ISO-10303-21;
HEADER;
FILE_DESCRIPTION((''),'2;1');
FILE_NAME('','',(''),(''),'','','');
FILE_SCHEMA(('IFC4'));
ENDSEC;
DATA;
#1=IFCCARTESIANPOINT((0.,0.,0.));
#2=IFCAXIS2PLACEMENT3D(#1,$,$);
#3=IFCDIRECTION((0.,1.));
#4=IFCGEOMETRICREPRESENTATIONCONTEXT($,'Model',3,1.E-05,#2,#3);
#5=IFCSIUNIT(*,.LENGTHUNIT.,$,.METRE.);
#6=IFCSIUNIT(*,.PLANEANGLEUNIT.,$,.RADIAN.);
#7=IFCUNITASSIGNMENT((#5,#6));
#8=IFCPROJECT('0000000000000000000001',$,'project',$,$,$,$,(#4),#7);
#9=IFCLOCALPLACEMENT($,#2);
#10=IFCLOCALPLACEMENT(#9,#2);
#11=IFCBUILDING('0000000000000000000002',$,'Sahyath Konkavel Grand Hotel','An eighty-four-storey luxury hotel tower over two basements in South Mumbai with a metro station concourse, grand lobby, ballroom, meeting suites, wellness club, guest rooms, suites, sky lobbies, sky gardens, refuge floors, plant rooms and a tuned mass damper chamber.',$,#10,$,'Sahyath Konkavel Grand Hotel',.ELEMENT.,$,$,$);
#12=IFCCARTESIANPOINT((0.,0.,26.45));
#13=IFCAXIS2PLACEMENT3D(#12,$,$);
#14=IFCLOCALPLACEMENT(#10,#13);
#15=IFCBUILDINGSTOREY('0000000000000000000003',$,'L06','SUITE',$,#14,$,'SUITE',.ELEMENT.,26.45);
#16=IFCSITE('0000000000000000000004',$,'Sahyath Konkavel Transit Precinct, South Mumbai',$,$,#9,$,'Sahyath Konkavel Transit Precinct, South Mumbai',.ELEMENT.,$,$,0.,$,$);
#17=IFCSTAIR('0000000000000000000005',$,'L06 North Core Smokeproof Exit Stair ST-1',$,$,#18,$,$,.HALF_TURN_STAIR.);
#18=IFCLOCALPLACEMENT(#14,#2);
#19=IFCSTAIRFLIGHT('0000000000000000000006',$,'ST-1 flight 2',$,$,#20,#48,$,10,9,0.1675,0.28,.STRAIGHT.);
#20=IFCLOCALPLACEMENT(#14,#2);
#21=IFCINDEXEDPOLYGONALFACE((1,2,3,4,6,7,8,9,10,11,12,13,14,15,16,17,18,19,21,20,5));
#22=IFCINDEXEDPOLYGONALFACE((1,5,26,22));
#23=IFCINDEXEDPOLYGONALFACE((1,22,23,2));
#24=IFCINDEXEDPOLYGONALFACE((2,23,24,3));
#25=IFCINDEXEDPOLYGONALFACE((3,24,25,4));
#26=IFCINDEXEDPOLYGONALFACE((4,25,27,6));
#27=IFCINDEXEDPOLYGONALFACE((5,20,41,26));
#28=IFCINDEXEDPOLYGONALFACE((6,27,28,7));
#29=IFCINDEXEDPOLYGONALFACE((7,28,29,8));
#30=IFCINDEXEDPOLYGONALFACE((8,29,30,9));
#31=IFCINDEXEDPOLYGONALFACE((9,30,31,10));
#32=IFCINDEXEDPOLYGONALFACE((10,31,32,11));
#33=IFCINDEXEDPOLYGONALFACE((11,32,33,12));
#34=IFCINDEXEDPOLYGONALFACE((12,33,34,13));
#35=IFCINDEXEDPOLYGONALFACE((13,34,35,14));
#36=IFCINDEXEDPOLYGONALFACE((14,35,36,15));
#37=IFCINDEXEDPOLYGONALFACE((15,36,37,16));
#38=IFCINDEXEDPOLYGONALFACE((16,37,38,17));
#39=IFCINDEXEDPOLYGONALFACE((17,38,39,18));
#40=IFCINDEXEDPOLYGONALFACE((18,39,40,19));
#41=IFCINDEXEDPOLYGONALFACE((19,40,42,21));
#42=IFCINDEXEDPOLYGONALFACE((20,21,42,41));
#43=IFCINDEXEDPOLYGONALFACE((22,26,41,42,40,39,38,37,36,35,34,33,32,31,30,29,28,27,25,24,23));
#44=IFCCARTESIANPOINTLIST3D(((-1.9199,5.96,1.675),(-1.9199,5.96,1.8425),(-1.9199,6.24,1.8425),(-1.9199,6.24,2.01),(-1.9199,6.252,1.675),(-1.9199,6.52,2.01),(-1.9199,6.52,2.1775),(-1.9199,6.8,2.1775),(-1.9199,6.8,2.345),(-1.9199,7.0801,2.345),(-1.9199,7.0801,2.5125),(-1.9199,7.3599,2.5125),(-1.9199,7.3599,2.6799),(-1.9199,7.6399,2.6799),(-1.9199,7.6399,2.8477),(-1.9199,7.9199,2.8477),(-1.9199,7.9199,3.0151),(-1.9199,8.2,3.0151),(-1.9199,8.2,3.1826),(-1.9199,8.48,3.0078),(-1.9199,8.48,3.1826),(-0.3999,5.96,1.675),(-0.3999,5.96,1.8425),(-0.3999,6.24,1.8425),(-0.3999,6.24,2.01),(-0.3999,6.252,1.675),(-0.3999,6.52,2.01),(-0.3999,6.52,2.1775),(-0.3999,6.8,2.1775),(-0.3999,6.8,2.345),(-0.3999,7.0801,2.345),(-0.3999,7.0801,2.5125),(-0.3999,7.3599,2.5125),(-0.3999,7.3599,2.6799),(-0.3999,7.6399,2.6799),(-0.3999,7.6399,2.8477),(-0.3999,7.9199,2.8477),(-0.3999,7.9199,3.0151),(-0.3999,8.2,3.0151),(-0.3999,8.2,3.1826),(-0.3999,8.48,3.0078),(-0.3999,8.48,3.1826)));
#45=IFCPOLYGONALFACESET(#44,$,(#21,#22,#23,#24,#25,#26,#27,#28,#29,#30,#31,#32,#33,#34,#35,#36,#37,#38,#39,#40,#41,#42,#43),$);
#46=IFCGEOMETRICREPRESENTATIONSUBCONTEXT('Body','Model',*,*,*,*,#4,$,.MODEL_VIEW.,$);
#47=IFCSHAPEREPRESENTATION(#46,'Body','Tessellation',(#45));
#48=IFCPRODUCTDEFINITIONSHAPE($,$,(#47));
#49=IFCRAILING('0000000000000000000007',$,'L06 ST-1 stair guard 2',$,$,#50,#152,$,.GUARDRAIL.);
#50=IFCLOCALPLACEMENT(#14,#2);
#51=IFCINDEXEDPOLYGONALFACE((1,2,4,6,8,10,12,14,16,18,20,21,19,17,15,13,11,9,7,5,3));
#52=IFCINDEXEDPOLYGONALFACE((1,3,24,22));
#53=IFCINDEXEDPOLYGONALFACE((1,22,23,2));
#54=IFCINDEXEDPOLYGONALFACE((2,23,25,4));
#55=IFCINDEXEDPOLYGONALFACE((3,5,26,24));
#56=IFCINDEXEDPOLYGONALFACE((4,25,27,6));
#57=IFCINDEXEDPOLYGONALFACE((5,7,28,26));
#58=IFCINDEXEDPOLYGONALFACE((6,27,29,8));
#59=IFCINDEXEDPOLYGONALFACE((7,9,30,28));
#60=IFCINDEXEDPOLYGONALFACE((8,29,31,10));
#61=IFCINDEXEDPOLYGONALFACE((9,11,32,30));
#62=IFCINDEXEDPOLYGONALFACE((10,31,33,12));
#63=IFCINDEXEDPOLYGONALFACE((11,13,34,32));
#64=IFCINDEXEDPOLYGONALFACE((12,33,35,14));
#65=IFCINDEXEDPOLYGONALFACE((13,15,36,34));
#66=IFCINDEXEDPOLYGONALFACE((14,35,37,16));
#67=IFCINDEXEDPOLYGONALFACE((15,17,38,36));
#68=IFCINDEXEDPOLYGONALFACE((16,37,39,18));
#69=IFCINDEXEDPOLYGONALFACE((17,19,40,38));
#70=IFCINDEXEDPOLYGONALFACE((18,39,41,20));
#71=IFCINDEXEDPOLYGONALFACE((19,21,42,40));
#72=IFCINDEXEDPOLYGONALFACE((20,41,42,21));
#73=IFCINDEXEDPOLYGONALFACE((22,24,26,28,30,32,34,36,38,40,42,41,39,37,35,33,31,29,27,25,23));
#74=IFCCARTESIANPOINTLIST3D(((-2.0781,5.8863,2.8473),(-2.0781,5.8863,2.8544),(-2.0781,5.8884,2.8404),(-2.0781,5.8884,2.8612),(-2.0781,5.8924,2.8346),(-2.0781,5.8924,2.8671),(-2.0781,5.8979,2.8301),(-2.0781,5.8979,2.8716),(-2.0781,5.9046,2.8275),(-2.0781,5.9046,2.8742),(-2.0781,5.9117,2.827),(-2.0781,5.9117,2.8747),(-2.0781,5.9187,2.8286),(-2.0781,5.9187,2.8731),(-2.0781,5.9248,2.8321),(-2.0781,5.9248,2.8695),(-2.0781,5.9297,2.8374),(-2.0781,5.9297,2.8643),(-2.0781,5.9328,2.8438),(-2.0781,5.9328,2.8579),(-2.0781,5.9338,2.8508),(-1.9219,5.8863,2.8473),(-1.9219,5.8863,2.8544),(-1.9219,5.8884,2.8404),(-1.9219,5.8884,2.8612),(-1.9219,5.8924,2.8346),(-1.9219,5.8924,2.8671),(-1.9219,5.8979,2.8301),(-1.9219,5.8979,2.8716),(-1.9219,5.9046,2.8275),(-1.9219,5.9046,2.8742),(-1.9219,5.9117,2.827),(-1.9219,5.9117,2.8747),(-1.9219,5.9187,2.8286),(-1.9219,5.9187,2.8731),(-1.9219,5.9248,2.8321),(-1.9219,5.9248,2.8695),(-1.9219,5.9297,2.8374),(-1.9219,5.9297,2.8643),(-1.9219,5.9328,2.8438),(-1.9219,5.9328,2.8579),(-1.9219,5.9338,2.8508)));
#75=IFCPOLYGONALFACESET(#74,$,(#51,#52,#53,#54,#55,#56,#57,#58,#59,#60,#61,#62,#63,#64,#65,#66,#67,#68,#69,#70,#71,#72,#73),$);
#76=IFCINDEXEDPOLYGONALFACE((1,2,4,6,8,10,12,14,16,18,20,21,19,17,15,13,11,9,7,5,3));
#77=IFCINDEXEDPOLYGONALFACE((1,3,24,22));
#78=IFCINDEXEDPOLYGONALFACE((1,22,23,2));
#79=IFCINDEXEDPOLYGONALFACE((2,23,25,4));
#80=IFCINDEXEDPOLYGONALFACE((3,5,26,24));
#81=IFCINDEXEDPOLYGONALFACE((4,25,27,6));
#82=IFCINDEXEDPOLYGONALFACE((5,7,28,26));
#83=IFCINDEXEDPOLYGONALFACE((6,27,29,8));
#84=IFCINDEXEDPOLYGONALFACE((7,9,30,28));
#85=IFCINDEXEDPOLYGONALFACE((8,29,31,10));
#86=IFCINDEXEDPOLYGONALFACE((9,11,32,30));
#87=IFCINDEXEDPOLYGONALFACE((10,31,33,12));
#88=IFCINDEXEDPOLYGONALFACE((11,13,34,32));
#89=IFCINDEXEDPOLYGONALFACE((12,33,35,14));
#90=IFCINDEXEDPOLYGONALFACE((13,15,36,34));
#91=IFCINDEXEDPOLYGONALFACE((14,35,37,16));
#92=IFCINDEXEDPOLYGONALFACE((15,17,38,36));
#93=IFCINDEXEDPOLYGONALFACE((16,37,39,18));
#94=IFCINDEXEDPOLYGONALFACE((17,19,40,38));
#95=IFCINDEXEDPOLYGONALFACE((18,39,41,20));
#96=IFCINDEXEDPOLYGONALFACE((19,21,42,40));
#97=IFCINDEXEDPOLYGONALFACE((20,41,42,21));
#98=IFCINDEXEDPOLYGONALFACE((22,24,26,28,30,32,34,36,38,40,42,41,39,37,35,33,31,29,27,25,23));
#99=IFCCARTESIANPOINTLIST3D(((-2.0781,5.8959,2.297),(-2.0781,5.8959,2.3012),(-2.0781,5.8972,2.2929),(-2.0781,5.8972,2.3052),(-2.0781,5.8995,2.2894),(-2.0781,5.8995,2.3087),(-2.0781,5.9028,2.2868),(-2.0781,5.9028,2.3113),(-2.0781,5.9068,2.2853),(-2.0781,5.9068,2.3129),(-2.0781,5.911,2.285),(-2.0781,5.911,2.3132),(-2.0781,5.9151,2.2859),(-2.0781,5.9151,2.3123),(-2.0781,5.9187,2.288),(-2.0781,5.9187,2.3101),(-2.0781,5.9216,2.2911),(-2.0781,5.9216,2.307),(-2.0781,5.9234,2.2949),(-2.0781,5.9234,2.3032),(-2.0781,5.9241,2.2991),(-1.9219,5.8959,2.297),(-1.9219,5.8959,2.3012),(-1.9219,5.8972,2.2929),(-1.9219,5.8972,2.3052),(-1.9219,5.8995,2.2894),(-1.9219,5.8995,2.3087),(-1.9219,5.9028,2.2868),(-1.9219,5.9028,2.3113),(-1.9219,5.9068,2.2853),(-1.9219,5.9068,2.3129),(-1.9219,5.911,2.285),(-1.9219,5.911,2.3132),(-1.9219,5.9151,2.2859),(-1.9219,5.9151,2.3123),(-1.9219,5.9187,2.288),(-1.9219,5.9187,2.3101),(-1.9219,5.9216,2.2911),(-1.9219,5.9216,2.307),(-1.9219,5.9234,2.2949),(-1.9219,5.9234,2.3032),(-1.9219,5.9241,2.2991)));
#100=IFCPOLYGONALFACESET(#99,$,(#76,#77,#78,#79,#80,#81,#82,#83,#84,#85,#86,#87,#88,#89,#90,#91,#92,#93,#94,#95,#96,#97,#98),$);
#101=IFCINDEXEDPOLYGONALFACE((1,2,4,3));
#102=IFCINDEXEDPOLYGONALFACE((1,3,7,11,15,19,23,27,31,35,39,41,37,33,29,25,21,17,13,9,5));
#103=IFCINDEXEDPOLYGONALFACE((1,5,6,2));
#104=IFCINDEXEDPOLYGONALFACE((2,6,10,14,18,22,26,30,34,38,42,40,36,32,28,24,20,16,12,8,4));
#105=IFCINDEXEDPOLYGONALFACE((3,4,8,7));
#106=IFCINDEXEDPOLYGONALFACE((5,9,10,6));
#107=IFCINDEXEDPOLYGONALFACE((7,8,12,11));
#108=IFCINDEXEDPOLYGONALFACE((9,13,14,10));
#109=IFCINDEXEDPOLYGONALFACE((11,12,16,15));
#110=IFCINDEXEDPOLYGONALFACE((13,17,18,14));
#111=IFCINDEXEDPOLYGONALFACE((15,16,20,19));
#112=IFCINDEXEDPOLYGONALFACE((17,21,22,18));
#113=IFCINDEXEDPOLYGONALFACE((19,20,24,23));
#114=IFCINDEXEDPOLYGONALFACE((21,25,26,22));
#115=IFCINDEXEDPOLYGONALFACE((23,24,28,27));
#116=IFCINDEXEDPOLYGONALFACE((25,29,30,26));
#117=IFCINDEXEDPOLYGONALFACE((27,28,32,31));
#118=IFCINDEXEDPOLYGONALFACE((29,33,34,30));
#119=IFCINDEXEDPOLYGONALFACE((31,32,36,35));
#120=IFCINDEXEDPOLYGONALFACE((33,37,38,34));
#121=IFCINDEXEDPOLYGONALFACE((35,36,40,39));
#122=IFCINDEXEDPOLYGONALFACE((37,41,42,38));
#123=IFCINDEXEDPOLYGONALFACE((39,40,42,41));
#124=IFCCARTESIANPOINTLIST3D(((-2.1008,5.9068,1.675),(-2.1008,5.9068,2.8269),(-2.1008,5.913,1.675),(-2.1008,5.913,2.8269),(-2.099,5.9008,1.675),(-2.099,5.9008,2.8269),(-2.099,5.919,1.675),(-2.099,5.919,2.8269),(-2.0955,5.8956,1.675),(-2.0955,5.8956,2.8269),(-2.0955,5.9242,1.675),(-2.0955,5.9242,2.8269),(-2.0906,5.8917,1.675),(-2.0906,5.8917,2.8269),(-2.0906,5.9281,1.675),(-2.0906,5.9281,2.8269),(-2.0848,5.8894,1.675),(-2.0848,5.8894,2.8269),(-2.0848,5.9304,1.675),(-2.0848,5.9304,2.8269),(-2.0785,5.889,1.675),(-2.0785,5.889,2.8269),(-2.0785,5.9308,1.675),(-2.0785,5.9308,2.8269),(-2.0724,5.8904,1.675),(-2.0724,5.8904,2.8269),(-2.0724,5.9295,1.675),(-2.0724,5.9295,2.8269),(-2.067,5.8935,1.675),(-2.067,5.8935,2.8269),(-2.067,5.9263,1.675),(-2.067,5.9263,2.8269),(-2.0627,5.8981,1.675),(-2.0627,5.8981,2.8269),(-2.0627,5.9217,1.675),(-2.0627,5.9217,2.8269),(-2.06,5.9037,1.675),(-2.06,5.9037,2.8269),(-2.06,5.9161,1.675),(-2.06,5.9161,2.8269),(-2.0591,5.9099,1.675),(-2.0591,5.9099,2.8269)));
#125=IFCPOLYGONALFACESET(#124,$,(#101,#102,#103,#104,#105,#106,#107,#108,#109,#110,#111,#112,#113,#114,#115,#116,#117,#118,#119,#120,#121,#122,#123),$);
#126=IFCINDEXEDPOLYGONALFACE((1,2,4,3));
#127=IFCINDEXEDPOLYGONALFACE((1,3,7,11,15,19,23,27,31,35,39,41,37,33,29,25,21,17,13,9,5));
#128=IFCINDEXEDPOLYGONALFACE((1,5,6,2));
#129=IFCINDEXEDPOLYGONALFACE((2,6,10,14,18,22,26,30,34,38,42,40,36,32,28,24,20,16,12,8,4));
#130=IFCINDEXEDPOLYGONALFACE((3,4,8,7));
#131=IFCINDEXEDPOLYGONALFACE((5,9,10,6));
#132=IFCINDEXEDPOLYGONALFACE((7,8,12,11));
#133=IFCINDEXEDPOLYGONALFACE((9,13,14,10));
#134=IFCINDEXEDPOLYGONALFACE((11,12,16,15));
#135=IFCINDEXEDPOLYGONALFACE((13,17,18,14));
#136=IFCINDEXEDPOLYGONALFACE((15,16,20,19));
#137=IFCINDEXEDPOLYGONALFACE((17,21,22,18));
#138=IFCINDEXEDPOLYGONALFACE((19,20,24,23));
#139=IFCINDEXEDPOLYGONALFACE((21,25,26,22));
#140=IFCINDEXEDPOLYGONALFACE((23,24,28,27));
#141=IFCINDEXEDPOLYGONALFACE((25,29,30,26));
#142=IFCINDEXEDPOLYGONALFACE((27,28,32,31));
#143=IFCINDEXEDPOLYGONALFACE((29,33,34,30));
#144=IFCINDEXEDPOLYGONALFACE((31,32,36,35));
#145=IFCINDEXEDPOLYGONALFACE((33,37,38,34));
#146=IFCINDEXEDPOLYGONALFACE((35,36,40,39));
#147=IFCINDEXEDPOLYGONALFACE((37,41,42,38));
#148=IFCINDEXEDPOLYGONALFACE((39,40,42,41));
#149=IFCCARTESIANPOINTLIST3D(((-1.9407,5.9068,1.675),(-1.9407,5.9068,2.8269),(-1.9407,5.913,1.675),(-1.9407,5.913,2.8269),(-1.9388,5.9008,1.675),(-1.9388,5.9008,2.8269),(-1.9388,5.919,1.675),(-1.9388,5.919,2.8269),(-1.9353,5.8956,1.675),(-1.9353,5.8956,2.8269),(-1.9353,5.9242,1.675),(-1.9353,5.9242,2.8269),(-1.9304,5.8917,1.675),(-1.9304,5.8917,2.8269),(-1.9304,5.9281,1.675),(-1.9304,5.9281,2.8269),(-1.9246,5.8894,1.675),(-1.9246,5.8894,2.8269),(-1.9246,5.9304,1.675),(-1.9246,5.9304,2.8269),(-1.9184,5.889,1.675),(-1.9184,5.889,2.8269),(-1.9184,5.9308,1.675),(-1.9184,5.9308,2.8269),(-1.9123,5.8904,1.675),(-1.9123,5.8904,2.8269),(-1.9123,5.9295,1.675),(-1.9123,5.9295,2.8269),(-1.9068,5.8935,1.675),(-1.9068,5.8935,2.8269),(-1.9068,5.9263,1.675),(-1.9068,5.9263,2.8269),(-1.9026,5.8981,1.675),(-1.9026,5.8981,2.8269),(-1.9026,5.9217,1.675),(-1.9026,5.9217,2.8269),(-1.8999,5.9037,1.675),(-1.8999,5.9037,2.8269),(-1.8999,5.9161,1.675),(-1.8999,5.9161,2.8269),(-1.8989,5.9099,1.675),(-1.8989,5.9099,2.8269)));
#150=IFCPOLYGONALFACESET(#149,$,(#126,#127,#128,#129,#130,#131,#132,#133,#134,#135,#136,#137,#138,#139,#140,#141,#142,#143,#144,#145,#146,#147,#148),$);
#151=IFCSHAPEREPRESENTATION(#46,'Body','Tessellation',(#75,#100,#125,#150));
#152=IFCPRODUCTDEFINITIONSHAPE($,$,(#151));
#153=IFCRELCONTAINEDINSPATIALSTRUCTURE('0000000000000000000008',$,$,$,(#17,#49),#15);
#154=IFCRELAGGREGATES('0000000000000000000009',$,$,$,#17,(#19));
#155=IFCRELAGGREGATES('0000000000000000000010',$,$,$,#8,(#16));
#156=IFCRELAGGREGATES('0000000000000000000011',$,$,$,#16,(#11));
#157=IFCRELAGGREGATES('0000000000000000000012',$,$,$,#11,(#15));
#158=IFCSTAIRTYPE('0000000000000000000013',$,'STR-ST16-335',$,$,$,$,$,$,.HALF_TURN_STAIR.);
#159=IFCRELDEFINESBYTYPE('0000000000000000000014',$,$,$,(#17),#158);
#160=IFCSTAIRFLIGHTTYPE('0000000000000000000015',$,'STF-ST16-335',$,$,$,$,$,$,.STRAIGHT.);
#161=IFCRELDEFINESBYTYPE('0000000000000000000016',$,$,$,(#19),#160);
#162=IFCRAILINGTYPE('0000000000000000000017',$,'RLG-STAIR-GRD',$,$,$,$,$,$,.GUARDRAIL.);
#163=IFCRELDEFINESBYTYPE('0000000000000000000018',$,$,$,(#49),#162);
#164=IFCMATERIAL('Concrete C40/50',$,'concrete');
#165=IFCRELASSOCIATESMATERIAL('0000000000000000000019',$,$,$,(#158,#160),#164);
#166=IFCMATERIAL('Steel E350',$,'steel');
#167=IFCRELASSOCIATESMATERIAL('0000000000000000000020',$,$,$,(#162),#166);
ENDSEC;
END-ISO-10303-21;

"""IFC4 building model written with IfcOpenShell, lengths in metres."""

from ifc_helpers import new_model, si_unit, direction, frame, origin, origin_2d, place, context, subcontext, project, spatial, polyline, circle, outline, extrude, material, type_object, element, aggregate, save


model = new_model("IFC4")

# Units and contexts
model_context = context("Model", 3, precision=1e-05, world=origin(), true_north=direction((0.0, 1.0)))
body_context = subcontext(model_context, "Body", "Model", "MODEL_VIEW")
ifc_project = project(units=[si_unit("LENGTHUNIT", "METRE"), si_unit("PLANEANGLEUNIT", "RADIAN")], contexts=[model_context])

# Site, building, storey
site_placement = place(None, origin())
site = spatial("IfcSite", under=ifc_project, at=site_placement, Name="Sahyath Konkavel Transit Precinct, South Mumbai", LongName="Sahyath Konkavel Transit Precinct, South Mumbai", CompositionType="ELEMENT", RefElevation=0.0)
building_placement = place(site_placement, origin())
building = spatial("IfcBuilding", under=site, at=building_placement, Name="Sahyath Konkavel Grand Hotel", Description="An eighty-four-storey luxury hotel tower over two basements in South Mumbai with a metro station concourse, grand lobby, ballroom, meeting suites, wellness club, guest rooms, suites, sky lobbies, sky gardens, refuge floors, plant rooms and a tuned mass damper chamber.", LongName="Sahyath Konkavel Grand Hotel", CompositionType="ELEMENT")
storey_placement = place(building_placement, frame((0.0, 0.0, 26.45)))
storey = spatial("IfcBuildingStorey", under=building, at=storey_placement, Name="L06", Description="SUITE", LongName="SUITE", CompositionType="ELEMENT", Elevation=26.45)

# Shared definitions
ifc_material_1 = material(Name="Steel E350", Category="steel")

# Shared definitions
ifc_material_2 = material(Name="Concrete C40/50", Category="concrete")

# Stair
stair_type = type_object("IfcStairType", Name="STR-ST16-335", PredefinedType="HALF_TURN_STAIR", material=ifc_material_2)
stair_placement = place(storey_placement, origin())
stair = element("IfcStair", 1, at=stair_placement, inside=storey, type_object=stair_type, Name="L06 North Core Smokeproof Exit Stair ST-1", PredefinedType="HALF_TURN_STAIR")

# Stair flight
stair_flight_type = type_object("IfcStairFlightType", Name="STF-ST16-335", PredefinedType="STRAIGHT", material=ifc_material_2)
stair_flight_placement = place(storey_placement, frame((-1.1599, 5.96, 1.675), z_axis=(0.0, 0.0, 1.0), x_axis=(0.0, 1.0, 0.0)))
stair_flight = element("IfcStairFlight", 2, at=stair_flight_placement, type_object=stair_flight_type, Name="ST-1 flight 2", NumberOfRisers=10, NumberOfTreads=9, PredefinedType="STRAIGHT", RiserHeight=0.1675, TreadLength=0.28, context=body_context, shape_type="SweptSolid", body=[
    extrude(outline(polyline([(0.0, 0.0), (0.0, 0.1675), (0.28, 0.1675), (0.28, 0.335), (0.5601, 0.335), (0.5601, 0.5024), (0.8401, 0.5024), (0.8401, 0.6699), (1.1201, 0.6699), (1.1201, 0.8374), (1.3999, 0.8374), (1.3999, 1.0049), (1.6799, 1.0049), (1.6799, 1.1726), (1.96, 1.1726), (1.96, 1.3401), (2.24, 1.3401), (2.24, 1.5076), (2.52, 1.5076), (2.52, 1.675), (2.52, 1.3328), (0.292, 0.0), (0.0, 0.0)])), frame((0.0, 0.76, 0.0), z_axis=(0.0, -1.0, 0.0), x_axis=(1.0, 0.0, 0.0)), (0.0, 0.0, 1.0), 1.52),
])
aggregate(stair, [stair_flight])

# Railing
railing_type_1 = type_object("IfcRailingType", Name="RLG-STAIR-GRD", PredefinedType="GUARDRAIL", material=ifc_material_1)
railing_1_placement = place(storey_placement, frame((-2.0801, 5.9099, 1.675)))
element("IfcRailing", 3, at=railing_1_placement, inside=storey, type_object=railing_type_1, Name="L06 ST-1 stair guard 2", PredefinedType="GUARDRAIL", context=body_context, shape_type="SweptSolid", body=[
    extrude(circle(Radius=0.0239, at=origin_2d()), frame((0.002, 0.0, 1.1758), z_axis=(1.0, 0.0, 0.0), x_axis=(0.0, 1.0, 0.0)), (0.0, 0.0, 1.0), 0.1562),
    extrude(circle(Radius=0.0142, at=origin_2d()), frame((0.002, 0.0, 0.624), z_axis=(1.0, 0.0, 0.0), x_axis=(0.0, 1.0, 0.0)), (0.0, 0.0, 1.0), 0.1562),
    extrude(circle(Radius=0.021, at=origin_2d()), origin(), (0.0, 0.0, 1.0), 1.1519),
    extrude(circle(Radius=0.021, at=origin_2d()), frame((0.1602, 0.0, 0.0)), (0.0, 0.0, 1.0), 1.1519),
])

save(model, "model.ifc")
